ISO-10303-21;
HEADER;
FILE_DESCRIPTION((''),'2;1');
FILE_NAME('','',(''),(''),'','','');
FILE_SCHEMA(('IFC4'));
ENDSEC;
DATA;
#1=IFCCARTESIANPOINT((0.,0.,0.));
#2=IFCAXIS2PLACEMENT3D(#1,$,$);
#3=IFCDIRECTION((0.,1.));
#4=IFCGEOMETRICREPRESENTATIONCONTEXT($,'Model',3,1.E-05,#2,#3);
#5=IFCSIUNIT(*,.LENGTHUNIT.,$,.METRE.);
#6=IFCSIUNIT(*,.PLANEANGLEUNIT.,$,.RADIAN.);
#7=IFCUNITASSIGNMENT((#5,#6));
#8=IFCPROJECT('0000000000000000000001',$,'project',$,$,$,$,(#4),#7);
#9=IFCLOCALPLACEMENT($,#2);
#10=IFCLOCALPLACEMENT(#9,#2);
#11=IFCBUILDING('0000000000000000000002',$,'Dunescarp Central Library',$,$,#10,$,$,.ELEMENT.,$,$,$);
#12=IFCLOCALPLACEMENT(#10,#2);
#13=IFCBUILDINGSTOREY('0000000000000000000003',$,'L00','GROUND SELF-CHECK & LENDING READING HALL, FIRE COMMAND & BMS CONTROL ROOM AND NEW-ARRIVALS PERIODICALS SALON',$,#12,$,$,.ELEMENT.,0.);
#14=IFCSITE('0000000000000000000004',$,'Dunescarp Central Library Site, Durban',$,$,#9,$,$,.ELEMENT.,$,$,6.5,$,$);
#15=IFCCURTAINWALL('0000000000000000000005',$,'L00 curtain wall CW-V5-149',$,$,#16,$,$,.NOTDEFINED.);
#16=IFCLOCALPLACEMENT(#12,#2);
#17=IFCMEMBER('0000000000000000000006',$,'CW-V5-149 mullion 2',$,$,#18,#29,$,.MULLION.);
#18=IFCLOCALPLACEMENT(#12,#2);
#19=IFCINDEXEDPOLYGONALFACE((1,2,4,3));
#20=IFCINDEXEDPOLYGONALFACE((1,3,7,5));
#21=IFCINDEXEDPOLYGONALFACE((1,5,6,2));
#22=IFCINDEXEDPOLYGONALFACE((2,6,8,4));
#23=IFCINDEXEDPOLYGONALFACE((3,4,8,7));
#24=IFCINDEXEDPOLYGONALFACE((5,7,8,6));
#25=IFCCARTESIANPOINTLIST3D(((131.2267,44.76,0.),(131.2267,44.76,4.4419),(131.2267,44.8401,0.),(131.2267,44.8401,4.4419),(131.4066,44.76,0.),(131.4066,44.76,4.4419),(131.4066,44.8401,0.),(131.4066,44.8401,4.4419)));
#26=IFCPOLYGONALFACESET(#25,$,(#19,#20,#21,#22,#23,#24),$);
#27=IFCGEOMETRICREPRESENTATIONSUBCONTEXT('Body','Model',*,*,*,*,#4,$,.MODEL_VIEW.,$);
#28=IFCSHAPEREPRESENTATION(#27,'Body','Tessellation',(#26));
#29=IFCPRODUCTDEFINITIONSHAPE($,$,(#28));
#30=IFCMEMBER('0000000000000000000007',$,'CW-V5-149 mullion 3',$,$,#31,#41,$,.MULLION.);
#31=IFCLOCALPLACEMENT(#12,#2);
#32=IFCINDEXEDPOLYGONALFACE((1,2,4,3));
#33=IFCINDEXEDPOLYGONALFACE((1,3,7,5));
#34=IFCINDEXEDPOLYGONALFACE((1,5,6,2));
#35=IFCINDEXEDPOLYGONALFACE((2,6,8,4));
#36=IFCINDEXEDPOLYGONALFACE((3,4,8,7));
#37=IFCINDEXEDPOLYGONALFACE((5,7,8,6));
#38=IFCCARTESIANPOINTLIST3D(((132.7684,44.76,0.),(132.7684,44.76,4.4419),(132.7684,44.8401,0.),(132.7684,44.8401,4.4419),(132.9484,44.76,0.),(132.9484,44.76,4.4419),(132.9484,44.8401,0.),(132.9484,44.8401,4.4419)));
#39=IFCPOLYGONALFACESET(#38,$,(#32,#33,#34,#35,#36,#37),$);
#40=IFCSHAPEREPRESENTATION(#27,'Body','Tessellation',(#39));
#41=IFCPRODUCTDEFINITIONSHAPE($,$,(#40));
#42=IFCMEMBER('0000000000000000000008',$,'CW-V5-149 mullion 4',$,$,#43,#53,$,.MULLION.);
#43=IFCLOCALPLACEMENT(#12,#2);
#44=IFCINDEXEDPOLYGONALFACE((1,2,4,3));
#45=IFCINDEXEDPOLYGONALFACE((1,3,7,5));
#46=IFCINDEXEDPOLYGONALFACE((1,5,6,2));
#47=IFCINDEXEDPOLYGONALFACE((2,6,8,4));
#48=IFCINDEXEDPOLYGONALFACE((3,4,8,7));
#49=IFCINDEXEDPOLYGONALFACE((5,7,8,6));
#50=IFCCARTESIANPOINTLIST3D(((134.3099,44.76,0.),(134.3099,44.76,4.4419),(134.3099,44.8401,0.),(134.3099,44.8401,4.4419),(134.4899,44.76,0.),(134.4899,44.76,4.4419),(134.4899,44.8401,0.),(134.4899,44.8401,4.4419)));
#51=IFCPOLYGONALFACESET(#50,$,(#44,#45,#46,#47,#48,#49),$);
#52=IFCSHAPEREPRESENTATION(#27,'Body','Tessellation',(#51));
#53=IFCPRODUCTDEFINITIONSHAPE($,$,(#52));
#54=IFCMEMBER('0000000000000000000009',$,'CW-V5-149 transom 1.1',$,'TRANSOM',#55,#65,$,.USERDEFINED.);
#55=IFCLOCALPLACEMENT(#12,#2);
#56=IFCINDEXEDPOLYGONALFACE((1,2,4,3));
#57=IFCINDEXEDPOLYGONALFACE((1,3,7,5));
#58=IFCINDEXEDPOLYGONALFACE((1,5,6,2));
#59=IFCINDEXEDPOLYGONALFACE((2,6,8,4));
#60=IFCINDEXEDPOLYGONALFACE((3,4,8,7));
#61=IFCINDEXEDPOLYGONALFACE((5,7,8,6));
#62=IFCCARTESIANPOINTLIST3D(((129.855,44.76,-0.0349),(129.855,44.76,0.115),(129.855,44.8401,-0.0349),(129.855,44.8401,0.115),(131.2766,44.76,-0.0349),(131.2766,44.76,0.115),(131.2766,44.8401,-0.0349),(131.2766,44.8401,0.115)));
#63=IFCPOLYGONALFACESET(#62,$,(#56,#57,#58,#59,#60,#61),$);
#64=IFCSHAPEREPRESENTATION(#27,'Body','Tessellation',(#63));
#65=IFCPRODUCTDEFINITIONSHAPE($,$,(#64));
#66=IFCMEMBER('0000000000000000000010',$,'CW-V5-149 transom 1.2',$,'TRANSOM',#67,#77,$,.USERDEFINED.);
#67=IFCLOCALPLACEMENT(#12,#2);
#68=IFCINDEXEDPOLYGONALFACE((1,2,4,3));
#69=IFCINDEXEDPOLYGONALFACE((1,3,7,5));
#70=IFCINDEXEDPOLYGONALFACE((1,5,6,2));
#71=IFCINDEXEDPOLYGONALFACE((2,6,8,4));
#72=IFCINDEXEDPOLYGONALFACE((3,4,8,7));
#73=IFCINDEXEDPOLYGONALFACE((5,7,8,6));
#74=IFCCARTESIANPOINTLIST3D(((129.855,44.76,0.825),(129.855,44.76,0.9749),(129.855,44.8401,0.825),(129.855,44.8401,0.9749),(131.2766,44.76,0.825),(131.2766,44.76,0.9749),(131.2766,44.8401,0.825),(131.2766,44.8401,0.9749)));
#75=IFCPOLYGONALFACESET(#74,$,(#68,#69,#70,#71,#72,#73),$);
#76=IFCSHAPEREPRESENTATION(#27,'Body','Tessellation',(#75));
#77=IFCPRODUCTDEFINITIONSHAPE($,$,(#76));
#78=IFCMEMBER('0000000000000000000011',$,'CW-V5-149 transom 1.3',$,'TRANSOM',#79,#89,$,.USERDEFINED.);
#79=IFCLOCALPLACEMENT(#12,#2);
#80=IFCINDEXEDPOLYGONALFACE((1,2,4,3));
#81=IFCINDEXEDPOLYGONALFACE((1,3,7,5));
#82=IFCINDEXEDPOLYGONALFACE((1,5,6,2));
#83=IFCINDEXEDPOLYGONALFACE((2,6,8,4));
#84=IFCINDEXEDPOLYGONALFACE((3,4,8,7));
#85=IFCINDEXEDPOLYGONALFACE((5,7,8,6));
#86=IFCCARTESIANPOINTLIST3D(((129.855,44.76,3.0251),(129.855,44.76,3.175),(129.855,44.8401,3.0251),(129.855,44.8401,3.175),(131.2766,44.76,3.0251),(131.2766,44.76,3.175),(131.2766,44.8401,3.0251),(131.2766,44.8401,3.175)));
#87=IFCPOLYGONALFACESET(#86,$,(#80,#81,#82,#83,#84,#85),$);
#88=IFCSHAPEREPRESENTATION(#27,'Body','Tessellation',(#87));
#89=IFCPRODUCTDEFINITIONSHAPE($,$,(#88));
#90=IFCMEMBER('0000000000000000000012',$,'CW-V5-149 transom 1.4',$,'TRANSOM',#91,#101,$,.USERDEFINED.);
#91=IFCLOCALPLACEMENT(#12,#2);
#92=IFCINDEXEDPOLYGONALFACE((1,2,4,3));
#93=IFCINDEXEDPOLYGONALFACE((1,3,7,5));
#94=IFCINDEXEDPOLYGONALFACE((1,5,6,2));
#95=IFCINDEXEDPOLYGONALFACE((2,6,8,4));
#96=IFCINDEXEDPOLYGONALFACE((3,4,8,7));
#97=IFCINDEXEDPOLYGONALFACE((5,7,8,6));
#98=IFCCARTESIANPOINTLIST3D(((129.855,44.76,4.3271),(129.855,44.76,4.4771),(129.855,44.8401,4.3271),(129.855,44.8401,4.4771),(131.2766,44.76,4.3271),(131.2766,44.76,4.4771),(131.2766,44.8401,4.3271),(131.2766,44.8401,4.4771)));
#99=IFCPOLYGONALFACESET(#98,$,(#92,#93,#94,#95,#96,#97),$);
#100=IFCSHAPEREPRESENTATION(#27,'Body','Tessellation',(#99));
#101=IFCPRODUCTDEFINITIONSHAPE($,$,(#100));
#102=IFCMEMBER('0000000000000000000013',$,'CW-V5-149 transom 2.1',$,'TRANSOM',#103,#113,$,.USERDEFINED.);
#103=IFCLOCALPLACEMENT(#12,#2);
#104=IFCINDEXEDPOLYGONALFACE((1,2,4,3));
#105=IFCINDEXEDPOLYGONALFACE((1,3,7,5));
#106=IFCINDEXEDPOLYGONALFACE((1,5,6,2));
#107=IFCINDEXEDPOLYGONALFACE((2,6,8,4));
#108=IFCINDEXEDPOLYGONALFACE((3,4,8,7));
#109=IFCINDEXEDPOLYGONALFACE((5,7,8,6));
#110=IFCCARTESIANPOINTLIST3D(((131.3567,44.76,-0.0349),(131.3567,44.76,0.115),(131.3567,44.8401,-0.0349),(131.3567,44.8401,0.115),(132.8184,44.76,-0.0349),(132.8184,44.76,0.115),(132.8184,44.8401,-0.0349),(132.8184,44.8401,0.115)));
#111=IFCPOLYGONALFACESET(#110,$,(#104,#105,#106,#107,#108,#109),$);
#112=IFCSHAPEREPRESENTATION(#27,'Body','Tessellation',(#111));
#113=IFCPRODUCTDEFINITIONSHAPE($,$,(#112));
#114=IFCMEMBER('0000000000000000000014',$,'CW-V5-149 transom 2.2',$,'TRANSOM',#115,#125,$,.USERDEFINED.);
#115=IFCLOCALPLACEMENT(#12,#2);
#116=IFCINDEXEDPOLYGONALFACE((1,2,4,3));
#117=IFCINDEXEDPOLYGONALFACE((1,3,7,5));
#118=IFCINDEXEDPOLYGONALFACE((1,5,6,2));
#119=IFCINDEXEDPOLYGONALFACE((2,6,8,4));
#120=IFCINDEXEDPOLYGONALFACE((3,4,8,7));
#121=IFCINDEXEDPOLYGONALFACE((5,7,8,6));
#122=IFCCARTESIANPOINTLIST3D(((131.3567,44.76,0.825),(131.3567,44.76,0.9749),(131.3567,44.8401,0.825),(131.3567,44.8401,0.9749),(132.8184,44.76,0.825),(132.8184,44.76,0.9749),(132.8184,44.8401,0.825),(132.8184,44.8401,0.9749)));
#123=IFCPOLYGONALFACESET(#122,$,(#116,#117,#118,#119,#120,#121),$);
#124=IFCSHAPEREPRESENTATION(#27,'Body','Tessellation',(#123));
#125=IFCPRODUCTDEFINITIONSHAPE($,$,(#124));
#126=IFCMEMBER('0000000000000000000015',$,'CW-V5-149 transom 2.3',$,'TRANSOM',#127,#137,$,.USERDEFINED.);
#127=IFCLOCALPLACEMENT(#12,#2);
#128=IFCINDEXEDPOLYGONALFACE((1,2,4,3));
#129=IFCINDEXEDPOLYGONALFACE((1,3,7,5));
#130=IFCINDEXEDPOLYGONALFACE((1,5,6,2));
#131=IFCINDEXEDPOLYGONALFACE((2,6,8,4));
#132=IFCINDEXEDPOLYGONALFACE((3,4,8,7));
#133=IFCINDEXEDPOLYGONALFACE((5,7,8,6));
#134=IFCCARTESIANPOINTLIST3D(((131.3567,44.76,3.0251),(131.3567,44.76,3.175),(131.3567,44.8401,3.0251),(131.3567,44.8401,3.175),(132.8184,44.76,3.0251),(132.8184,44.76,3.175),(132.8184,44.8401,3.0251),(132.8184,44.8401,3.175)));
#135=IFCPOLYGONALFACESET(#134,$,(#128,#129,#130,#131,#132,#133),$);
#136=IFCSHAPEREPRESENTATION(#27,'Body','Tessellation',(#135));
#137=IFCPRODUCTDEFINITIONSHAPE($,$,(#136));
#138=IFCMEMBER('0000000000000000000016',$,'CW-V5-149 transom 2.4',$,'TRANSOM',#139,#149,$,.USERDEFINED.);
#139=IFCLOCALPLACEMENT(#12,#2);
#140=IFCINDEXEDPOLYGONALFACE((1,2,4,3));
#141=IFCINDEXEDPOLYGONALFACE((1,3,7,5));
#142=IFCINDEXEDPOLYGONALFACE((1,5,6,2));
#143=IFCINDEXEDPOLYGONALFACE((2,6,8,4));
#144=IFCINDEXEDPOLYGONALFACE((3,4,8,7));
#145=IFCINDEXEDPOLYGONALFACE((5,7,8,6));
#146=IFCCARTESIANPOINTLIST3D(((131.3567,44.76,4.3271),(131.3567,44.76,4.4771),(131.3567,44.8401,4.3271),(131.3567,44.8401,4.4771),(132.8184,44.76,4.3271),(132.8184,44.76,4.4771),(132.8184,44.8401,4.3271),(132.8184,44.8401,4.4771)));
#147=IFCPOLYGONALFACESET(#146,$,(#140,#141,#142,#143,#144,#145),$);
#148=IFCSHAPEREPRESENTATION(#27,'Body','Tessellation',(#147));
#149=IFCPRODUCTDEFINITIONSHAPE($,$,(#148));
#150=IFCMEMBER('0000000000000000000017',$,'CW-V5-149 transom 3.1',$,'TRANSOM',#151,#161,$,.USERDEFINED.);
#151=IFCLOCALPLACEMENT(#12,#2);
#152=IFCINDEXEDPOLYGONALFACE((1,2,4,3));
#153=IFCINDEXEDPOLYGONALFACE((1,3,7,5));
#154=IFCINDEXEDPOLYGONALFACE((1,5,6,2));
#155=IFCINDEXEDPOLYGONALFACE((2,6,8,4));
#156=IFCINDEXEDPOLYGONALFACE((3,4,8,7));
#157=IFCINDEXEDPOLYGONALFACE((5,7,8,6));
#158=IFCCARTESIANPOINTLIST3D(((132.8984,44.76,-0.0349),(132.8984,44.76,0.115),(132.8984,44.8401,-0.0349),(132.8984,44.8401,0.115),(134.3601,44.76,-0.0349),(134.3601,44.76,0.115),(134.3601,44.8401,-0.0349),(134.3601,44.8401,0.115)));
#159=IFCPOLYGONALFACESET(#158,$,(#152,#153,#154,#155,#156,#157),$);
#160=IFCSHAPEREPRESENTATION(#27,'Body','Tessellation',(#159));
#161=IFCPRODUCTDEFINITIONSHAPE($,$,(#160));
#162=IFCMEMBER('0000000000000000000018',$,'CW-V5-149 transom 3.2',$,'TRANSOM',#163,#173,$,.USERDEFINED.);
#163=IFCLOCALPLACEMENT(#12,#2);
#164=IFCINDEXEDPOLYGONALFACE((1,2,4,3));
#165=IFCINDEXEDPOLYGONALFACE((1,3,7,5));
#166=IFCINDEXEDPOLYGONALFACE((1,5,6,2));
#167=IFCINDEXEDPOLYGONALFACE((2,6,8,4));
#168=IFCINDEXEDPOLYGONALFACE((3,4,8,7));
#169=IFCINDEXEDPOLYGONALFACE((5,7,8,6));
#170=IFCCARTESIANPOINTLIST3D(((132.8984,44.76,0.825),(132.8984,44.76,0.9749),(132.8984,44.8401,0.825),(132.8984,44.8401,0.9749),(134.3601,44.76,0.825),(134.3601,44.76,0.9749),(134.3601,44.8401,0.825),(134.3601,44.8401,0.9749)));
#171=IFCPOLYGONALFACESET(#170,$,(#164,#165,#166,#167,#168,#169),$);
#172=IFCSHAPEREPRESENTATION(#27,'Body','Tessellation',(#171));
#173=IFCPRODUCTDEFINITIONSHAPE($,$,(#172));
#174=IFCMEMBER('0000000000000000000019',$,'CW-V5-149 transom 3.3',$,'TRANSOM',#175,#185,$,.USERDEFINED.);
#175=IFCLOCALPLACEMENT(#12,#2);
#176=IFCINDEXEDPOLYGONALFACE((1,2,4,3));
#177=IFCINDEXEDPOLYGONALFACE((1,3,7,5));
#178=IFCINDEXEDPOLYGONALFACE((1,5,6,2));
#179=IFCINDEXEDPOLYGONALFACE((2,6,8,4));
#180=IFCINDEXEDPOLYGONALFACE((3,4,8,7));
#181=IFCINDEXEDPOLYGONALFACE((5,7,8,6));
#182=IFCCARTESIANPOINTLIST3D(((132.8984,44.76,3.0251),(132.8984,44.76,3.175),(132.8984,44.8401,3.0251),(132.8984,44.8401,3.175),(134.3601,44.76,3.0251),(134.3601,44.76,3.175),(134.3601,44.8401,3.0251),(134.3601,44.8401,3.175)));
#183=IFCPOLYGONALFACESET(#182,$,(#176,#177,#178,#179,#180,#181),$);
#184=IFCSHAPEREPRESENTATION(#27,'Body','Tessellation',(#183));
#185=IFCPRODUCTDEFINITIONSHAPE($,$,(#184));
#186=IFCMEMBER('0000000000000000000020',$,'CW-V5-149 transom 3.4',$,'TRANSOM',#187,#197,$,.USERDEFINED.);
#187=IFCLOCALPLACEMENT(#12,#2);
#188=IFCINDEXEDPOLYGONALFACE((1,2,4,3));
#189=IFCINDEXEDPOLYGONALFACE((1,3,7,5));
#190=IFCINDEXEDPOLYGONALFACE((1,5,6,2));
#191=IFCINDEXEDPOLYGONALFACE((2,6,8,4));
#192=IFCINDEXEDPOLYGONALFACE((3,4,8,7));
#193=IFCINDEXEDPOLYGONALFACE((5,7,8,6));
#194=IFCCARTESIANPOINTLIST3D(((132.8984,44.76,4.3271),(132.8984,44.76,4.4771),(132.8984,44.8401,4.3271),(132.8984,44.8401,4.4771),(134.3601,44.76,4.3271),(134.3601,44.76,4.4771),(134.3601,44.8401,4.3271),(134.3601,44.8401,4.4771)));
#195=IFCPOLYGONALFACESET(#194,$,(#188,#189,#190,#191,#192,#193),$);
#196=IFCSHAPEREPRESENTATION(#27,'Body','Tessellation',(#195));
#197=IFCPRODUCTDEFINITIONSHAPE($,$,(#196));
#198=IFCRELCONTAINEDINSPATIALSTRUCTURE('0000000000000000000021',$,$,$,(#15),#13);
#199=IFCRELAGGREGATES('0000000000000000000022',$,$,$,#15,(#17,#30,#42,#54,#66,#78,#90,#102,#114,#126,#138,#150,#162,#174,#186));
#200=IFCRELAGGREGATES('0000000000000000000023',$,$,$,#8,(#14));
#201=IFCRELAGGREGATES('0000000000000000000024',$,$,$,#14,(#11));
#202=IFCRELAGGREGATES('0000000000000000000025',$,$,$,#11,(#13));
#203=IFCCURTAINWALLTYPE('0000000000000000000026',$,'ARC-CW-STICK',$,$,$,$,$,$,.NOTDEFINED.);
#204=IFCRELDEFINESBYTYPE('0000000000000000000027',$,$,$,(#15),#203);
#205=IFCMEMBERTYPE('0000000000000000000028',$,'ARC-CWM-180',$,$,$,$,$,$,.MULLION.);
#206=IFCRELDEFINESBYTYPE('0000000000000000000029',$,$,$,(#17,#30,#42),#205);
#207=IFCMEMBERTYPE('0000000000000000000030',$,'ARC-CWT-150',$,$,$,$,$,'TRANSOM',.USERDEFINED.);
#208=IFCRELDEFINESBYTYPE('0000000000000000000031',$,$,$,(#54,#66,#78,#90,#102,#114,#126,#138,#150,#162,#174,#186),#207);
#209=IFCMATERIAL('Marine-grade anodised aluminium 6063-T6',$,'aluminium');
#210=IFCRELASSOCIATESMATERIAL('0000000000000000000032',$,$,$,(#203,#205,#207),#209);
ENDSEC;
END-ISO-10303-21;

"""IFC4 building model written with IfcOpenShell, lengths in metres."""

from ifc_helpers import new_model, si_unit, direction, frame, origin, origin_2d, place, context, subcontext, project, spatial, rectangle, extrude, material, material_profile, profile_set, type_object, element, aggregate, save


model = new_model("IFC4")

# Units and contexts
model_context = context("Model", 3, precision=1e-05, world=origin(), true_north=direction((0.0, 1.0)))
body_context = subcontext(model_context, "Body", "Model", "MODEL_VIEW")
ifc_project = project(units=[si_unit("LENGTHUNIT", "METRE"), si_unit("PLANEANGLEUNIT", "RADIAN")], contexts=[model_context])

# Site, building, storey
site_placement = place(None, origin())
site = spatial("IfcSite", under=ifc_project, at=site_placement, Name="Dunescarp Central Library Site, Durban", CompositionType="ELEMENT", RefElevation=6.5)
building_placement = place(site_placement, origin())
building = spatial("IfcBuilding", under=site, at=building_placement, Name="Dunescarp Central Library", CompositionType="ELEMENT")
storey_placement = place(building_placement, origin())
storey = spatial("IfcBuildingStorey", under=building, at=storey_placement, Name="L00", Description="GROUND SELF-CHECK & LENDING READING HALL, FIRE COMMAND & BMS CONTROL ROOM AND NEW-ARRIVALS PERIODICALS SALON", CompositionType="ELEMENT", Elevation=0.0)

# Curtain wall, members
ifc_material_1 = material(Name="Marine-grade anodised aluminium 6063-T6", Category="aluminium")
curtain_wall_type = type_object("IfcCurtainWallType", Name="ARC-CW-STICK", PredefinedType="NOTDEFINED", material=ifc_material_1)
curtain_wall_placement = place(storey_placement, origin())
curtain_wall = element("IfcCurtainWall", 1, at=curtain_wall_placement, inside=storey, type_object=curtain_wall_type, Name="L00 curtain wall CW-V5-149", PredefinedType="NOTDEFINED")
ifc_material_profile_1 = material_profile(ifc_material_1, rectangle(XDim=0.0801, YDim=0.1799, at=origin_2d()), Name="AL 80x180")
ifc_profile_set_1 = profile_set([ifc_material_profile_1], Name="Marine-grade anodised aluminium 6063-T6")
member_type_1 = type_object("IfcMemberType", Name="ARC-CWM-180", PredefinedType="MULLION", material=ifc_profile_set_1)
member_1_placement = place(storey_placement, frame((131.3167, 44.8, 0.0), z_axis=(0.0, 0.0, 1.0), x_axis=(0.0, 1.0, 0.0)))
member_1 = element("IfcMember", 2, at=member_1_placement, type_object=member_type_1, Name="CW-V5-149 mullion 2", PredefinedType="MULLION", context=body_context, shape_type="SweptSolid", body=[
    extrude(rectangle(XDim=0.0801, YDim=0.1799, at=origin_2d()), origin(), (0.0, 0.0, 1.0), 4.4419),
])
member_2_placement = place(storey_placement, frame((132.8584, 44.8, 0.0), z_axis=(0.0, 0.0, 1.0), x_axis=(0.0, 1.0, 0.0)))
member_2 = element("IfcMember", 3, at=member_2_placement, type_object=member_type_1, Name="CW-V5-149 mullion 3", PredefinedType="MULLION", context=body_context, shape_type="SweptSolid", body=[
    extrude(rectangle(XDim=0.0801, YDim=0.1799, at=origin_2d()), origin(), (0.0, 0.0, 1.0), 4.4419),
])
member_3_placement = place(storey_placement, frame((134.3999, 44.8, 0.0), z_axis=(0.0, 0.0, 1.0), x_axis=(0.0, 1.0, 0.0)))
member_3 = element("IfcMember", 4, at=member_3_placement, type_object=member_type_1, Name="CW-V5-149 mullion 4", PredefinedType="MULLION", context=body_context, shape_type="SweptSolid", body=[
    extrude(rectangle(XDim=0.0801, YDim=0.1799, at=origin_2d()), origin(), (0.0, 0.0, 1.0), 4.4419),
])
ifc_material_profile_2 = material_profile(ifc_material_1, rectangle(XDim=0.0801, YDim=0.1499, at=origin_2d()), Name="AL 80x150")
ifc_profile_set_2 = profile_set([ifc_material_profile_2], Name="Marine-grade anodised aluminium 6063-T6")
member_type_2 = type_object("IfcMemberType", Name="ARC-CWT-150", ElementType="TRANSOM", PredefinedType="USERDEFINED", material=ifc_profile_set_2)
member_4_placement = place(storey_placement, frame((129.855, 44.8, 0.04), z_axis=(1.0, 0.0, 0.0), x_axis=(0.0, 1.0, 0.0)))
member_4 = element("IfcMember", 5, at=member_4_placement, type_object=member_type_2, Name="CW-V5-149 transom 1.1", ObjectType="TRANSOM", PredefinedType="USERDEFINED", context=body_context, shape_type="SweptSolid", body=[
    extrude(rectangle(XDim=0.0801, YDim=0.1499, at=origin_2d()), origin(), (0.0, 0.0, 1.0), 1.4216),
])
member_5_placement = place(storey_placement, frame((129.855, 44.8, 0.8999), z_axis=(1.0, 0.0, 0.0), x_axis=(0.0, 1.0, 0.0)))
member_5 = element("IfcMember", 6, at=member_5_placement, type_object=member_type_2, Name="CW-V5-149 transom 1.2", ObjectType="TRANSOM", PredefinedType="USERDEFINED", context=body_context, shape_type="SweptSolid", body=[
    extrude(rectangle(XDim=0.0801, YDim=0.1499, at=origin_2d()), origin(), (0.0, 0.0, 1.0), 1.4216),
])
member_6_placement = place(storey_placement, frame((129.855, 44.8, 3.1001), z_axis=(1.0, 0.0, 0.0), x_axis=(0.0, 1.0, 0.0)))
member_6 = element("IfcMember", 7, at=member_6_placement, type_object=member_type_2, Name="CW-V5-149 transom 1.3", ObjectType="TRANSOM", PredefinedType="USERDEFINED", context=body_context, shape_type="SweptSolid", body=[
    extrude(rectangle(XDim=0.0801, YDim=0.1499, at=origin_2d()), origin(), (0.0, 0.0, 1.0), 1.4216),
])
member_7_placement = place(storey_placement, frame((129.855, 44.8, 4.4021), z_axis=(1.0, 0.0, 0.0), x_axis=(0.0, 1.0, 0.0)))
member_7 = element("IfcMember", 8, at=member_7_placement, type_object=member_type_2, Name="CW-V5-149 transom 1.4", ObjectType="TRANSOM", PredefinedType="USERDEFINED", context=body_context, shape_type="SweptSolid", body=[
    extrude(rectangle(XDim=0.0801, YDim=0.1499, at=origin_2d()), origin(), (0.0, 0.0, 1.0), 1.4216),
])
member_8_placement = place(storey_placement, frame((131.3567, 44.8, 0.04), z_axis=(1.0, 0.0, 0.0), x_axis=(0.0, 1.0, 0.0)))
member_8 = element("IfcMember", 9, at=member_8_placement, type_object=member_type_2, Name="CW-V5-149 transom 2.1", ObjectType="TRANSOM", PredefinedType="USERDEFINED", context=body_context, shape_type="SweptSolid", body=[
    extrude(rectangle(XDim=0.0801, YDim=0.1499, at=origin_2d()), origin(), (0.0, 0.0, 1.0), 1.4617),
])
member_9_placement = place(storey_placement, frame((131.3567, 44.8, 0.8999), z_axis=(1.0, 0.0, 0.0), x_axis=(0.0, 1.0, 0.0)))
member_9 = element("IfcMember", 10, at=member_9_placement, type_object=member_type_2, Name="CW-V5-149 transom 2.2", ObjectType="TRANSOM", PredefinedType="USERDEFINED", context=body_context, shape_type="SweptSolid", body=[
    extrude(rectangle(XDim=0.0801, YDim=0.1499, at=origin_2d()), origin(), (0.0, 0.0, 1.0), 1.4617),
])
member_10_placement = place(storey_placement, frame((131.3567, 44.8, 3.1001), z_axis=(1.0, 0.0, 0.0), x_axis=(0.0, 1.0, 0.0)))
member_10 = element("IfcMember", 11, at=member_10_placement, type_object=member_type_2, Name="CW-V5-149 transom 2.3", ObjectType="TRANSOM", PredefinedType="USERDEFINED", context=body_context, shape_type="SweptSolid", body=[
    extrude(rectangle(XDim=0.0801, YDim=0.1499, at=origin_2d()), origin(), (0.0, 0.0, 1.0), 1.4617),
])
member_11_placement = place(storey_placement, frame((131.3567, 44.8, 4.4021), z_axis=(1.0, 0.0, 0.0), x_axis=(0.0, 1.0, 0.0)))
member_11 = element("IfcMember", 12, at=member_11_placement, type_object=member_type_2, Name="CW-V5-149 transom 2.4", ObjectType="TRANSOM", PredefinedType="USERDEFINED", context=body_context, shape_type="SweptSolid", body=[
    extrude(rectangle(XDim=0.0801, YDim=0.1499, at=origin_2d()), origin(), (0.0, 0.0, 1.0), 1.4617),
])
member_12_placement = place(storey_placement, frame((132.8984, 44.8, 0.04), z_axis=(1.0, 0.0, 0.0), x_axis=(0.0, 1.0, 0.0)))
member_12 = element("IfcMember", 13, at=member_12_placement, type_object=member_type_2, Name="CW-V5-149 transom 3.1", ObjectType="TRANSOM", PredefinedType="USERDEFINED", context=body_context, shape_type="SweptSolid", body=[
    extrude(rectangle(XDim=0.0801, YDim=0.1499, at=origin_2d()), origin(), (0.0, 0.0, 1.0), 1.4617),
])
member_13_placement = place(storey_placement, frame((132.8984, 44.8, 0.8999), z_axis=(1.0, 0.0, 0.0), x_axis=(0.0, 1.0, 0.0)))
member_13 = element("IfcMember", 14, at=member_13_placement, type_object=member_type_2, Name="CW-V5-149 transom 3.2", ObjectType="TRANSOM", PredefinedType="USERDEFINED", context=body_context, shape_type="SweptSolid", body=[
    extrude(rectangle(XDim=0.0801, YDim=0.1499, at=origin_2d()), origin(), (0.0, 0.0, 1.0), 1.4617),
])
member_14_placement = place(storey_placement, frame((132.8984, 44.8, 3.1001), z_axis=(1.0, 0.0, 0.0), x_axis=(0.0, 1.0, 0.0)))
member_14 = element("IfcMember", 15, at=member_14_placement, type_object=member_type_2, Name="CW-V5-149 transom 3.3", ObjectType="TRANSOM", PredefinedType="USERDEFINED", context=body_context, shape_type="SweptSolid", body=[
    extrude(rectangle(XDim=0.0801, YDim=0.1499, at=origin_2d()), origin(), (0.0, 0.0, 1.0), 1.4617),
])
member_15_placement = place(storey_placement, frame((132.8984, 44.8, 4.4021), z_axis=(1.0, 0.0, 0.0), x_axis=(0.0, 1.0, 0.0)))
member_15 = element("IfcMember", 16, at=member_15_placement, type_object=member_type_2, Name="CW-V5-149 transom 3.4", ObjectType="TRANSOM", PredefinedType="USERDEFINED", context=body_context, shape_type="SweptSolid", body=[
    extrude(rectangle(XDim=0.0801, YDim=0.1499, at=origin_2d()), origin(), (0.0, 0.0, 1.0), 1.4617),
])
aggregate(curtain_wall, [member_1, member_2, member_3, member_4, member_5, member_6, member_7, member_8, member_9, member_10, member_11, member_12, member_13, member_14, member_15])

save(model, "model.ifc")
